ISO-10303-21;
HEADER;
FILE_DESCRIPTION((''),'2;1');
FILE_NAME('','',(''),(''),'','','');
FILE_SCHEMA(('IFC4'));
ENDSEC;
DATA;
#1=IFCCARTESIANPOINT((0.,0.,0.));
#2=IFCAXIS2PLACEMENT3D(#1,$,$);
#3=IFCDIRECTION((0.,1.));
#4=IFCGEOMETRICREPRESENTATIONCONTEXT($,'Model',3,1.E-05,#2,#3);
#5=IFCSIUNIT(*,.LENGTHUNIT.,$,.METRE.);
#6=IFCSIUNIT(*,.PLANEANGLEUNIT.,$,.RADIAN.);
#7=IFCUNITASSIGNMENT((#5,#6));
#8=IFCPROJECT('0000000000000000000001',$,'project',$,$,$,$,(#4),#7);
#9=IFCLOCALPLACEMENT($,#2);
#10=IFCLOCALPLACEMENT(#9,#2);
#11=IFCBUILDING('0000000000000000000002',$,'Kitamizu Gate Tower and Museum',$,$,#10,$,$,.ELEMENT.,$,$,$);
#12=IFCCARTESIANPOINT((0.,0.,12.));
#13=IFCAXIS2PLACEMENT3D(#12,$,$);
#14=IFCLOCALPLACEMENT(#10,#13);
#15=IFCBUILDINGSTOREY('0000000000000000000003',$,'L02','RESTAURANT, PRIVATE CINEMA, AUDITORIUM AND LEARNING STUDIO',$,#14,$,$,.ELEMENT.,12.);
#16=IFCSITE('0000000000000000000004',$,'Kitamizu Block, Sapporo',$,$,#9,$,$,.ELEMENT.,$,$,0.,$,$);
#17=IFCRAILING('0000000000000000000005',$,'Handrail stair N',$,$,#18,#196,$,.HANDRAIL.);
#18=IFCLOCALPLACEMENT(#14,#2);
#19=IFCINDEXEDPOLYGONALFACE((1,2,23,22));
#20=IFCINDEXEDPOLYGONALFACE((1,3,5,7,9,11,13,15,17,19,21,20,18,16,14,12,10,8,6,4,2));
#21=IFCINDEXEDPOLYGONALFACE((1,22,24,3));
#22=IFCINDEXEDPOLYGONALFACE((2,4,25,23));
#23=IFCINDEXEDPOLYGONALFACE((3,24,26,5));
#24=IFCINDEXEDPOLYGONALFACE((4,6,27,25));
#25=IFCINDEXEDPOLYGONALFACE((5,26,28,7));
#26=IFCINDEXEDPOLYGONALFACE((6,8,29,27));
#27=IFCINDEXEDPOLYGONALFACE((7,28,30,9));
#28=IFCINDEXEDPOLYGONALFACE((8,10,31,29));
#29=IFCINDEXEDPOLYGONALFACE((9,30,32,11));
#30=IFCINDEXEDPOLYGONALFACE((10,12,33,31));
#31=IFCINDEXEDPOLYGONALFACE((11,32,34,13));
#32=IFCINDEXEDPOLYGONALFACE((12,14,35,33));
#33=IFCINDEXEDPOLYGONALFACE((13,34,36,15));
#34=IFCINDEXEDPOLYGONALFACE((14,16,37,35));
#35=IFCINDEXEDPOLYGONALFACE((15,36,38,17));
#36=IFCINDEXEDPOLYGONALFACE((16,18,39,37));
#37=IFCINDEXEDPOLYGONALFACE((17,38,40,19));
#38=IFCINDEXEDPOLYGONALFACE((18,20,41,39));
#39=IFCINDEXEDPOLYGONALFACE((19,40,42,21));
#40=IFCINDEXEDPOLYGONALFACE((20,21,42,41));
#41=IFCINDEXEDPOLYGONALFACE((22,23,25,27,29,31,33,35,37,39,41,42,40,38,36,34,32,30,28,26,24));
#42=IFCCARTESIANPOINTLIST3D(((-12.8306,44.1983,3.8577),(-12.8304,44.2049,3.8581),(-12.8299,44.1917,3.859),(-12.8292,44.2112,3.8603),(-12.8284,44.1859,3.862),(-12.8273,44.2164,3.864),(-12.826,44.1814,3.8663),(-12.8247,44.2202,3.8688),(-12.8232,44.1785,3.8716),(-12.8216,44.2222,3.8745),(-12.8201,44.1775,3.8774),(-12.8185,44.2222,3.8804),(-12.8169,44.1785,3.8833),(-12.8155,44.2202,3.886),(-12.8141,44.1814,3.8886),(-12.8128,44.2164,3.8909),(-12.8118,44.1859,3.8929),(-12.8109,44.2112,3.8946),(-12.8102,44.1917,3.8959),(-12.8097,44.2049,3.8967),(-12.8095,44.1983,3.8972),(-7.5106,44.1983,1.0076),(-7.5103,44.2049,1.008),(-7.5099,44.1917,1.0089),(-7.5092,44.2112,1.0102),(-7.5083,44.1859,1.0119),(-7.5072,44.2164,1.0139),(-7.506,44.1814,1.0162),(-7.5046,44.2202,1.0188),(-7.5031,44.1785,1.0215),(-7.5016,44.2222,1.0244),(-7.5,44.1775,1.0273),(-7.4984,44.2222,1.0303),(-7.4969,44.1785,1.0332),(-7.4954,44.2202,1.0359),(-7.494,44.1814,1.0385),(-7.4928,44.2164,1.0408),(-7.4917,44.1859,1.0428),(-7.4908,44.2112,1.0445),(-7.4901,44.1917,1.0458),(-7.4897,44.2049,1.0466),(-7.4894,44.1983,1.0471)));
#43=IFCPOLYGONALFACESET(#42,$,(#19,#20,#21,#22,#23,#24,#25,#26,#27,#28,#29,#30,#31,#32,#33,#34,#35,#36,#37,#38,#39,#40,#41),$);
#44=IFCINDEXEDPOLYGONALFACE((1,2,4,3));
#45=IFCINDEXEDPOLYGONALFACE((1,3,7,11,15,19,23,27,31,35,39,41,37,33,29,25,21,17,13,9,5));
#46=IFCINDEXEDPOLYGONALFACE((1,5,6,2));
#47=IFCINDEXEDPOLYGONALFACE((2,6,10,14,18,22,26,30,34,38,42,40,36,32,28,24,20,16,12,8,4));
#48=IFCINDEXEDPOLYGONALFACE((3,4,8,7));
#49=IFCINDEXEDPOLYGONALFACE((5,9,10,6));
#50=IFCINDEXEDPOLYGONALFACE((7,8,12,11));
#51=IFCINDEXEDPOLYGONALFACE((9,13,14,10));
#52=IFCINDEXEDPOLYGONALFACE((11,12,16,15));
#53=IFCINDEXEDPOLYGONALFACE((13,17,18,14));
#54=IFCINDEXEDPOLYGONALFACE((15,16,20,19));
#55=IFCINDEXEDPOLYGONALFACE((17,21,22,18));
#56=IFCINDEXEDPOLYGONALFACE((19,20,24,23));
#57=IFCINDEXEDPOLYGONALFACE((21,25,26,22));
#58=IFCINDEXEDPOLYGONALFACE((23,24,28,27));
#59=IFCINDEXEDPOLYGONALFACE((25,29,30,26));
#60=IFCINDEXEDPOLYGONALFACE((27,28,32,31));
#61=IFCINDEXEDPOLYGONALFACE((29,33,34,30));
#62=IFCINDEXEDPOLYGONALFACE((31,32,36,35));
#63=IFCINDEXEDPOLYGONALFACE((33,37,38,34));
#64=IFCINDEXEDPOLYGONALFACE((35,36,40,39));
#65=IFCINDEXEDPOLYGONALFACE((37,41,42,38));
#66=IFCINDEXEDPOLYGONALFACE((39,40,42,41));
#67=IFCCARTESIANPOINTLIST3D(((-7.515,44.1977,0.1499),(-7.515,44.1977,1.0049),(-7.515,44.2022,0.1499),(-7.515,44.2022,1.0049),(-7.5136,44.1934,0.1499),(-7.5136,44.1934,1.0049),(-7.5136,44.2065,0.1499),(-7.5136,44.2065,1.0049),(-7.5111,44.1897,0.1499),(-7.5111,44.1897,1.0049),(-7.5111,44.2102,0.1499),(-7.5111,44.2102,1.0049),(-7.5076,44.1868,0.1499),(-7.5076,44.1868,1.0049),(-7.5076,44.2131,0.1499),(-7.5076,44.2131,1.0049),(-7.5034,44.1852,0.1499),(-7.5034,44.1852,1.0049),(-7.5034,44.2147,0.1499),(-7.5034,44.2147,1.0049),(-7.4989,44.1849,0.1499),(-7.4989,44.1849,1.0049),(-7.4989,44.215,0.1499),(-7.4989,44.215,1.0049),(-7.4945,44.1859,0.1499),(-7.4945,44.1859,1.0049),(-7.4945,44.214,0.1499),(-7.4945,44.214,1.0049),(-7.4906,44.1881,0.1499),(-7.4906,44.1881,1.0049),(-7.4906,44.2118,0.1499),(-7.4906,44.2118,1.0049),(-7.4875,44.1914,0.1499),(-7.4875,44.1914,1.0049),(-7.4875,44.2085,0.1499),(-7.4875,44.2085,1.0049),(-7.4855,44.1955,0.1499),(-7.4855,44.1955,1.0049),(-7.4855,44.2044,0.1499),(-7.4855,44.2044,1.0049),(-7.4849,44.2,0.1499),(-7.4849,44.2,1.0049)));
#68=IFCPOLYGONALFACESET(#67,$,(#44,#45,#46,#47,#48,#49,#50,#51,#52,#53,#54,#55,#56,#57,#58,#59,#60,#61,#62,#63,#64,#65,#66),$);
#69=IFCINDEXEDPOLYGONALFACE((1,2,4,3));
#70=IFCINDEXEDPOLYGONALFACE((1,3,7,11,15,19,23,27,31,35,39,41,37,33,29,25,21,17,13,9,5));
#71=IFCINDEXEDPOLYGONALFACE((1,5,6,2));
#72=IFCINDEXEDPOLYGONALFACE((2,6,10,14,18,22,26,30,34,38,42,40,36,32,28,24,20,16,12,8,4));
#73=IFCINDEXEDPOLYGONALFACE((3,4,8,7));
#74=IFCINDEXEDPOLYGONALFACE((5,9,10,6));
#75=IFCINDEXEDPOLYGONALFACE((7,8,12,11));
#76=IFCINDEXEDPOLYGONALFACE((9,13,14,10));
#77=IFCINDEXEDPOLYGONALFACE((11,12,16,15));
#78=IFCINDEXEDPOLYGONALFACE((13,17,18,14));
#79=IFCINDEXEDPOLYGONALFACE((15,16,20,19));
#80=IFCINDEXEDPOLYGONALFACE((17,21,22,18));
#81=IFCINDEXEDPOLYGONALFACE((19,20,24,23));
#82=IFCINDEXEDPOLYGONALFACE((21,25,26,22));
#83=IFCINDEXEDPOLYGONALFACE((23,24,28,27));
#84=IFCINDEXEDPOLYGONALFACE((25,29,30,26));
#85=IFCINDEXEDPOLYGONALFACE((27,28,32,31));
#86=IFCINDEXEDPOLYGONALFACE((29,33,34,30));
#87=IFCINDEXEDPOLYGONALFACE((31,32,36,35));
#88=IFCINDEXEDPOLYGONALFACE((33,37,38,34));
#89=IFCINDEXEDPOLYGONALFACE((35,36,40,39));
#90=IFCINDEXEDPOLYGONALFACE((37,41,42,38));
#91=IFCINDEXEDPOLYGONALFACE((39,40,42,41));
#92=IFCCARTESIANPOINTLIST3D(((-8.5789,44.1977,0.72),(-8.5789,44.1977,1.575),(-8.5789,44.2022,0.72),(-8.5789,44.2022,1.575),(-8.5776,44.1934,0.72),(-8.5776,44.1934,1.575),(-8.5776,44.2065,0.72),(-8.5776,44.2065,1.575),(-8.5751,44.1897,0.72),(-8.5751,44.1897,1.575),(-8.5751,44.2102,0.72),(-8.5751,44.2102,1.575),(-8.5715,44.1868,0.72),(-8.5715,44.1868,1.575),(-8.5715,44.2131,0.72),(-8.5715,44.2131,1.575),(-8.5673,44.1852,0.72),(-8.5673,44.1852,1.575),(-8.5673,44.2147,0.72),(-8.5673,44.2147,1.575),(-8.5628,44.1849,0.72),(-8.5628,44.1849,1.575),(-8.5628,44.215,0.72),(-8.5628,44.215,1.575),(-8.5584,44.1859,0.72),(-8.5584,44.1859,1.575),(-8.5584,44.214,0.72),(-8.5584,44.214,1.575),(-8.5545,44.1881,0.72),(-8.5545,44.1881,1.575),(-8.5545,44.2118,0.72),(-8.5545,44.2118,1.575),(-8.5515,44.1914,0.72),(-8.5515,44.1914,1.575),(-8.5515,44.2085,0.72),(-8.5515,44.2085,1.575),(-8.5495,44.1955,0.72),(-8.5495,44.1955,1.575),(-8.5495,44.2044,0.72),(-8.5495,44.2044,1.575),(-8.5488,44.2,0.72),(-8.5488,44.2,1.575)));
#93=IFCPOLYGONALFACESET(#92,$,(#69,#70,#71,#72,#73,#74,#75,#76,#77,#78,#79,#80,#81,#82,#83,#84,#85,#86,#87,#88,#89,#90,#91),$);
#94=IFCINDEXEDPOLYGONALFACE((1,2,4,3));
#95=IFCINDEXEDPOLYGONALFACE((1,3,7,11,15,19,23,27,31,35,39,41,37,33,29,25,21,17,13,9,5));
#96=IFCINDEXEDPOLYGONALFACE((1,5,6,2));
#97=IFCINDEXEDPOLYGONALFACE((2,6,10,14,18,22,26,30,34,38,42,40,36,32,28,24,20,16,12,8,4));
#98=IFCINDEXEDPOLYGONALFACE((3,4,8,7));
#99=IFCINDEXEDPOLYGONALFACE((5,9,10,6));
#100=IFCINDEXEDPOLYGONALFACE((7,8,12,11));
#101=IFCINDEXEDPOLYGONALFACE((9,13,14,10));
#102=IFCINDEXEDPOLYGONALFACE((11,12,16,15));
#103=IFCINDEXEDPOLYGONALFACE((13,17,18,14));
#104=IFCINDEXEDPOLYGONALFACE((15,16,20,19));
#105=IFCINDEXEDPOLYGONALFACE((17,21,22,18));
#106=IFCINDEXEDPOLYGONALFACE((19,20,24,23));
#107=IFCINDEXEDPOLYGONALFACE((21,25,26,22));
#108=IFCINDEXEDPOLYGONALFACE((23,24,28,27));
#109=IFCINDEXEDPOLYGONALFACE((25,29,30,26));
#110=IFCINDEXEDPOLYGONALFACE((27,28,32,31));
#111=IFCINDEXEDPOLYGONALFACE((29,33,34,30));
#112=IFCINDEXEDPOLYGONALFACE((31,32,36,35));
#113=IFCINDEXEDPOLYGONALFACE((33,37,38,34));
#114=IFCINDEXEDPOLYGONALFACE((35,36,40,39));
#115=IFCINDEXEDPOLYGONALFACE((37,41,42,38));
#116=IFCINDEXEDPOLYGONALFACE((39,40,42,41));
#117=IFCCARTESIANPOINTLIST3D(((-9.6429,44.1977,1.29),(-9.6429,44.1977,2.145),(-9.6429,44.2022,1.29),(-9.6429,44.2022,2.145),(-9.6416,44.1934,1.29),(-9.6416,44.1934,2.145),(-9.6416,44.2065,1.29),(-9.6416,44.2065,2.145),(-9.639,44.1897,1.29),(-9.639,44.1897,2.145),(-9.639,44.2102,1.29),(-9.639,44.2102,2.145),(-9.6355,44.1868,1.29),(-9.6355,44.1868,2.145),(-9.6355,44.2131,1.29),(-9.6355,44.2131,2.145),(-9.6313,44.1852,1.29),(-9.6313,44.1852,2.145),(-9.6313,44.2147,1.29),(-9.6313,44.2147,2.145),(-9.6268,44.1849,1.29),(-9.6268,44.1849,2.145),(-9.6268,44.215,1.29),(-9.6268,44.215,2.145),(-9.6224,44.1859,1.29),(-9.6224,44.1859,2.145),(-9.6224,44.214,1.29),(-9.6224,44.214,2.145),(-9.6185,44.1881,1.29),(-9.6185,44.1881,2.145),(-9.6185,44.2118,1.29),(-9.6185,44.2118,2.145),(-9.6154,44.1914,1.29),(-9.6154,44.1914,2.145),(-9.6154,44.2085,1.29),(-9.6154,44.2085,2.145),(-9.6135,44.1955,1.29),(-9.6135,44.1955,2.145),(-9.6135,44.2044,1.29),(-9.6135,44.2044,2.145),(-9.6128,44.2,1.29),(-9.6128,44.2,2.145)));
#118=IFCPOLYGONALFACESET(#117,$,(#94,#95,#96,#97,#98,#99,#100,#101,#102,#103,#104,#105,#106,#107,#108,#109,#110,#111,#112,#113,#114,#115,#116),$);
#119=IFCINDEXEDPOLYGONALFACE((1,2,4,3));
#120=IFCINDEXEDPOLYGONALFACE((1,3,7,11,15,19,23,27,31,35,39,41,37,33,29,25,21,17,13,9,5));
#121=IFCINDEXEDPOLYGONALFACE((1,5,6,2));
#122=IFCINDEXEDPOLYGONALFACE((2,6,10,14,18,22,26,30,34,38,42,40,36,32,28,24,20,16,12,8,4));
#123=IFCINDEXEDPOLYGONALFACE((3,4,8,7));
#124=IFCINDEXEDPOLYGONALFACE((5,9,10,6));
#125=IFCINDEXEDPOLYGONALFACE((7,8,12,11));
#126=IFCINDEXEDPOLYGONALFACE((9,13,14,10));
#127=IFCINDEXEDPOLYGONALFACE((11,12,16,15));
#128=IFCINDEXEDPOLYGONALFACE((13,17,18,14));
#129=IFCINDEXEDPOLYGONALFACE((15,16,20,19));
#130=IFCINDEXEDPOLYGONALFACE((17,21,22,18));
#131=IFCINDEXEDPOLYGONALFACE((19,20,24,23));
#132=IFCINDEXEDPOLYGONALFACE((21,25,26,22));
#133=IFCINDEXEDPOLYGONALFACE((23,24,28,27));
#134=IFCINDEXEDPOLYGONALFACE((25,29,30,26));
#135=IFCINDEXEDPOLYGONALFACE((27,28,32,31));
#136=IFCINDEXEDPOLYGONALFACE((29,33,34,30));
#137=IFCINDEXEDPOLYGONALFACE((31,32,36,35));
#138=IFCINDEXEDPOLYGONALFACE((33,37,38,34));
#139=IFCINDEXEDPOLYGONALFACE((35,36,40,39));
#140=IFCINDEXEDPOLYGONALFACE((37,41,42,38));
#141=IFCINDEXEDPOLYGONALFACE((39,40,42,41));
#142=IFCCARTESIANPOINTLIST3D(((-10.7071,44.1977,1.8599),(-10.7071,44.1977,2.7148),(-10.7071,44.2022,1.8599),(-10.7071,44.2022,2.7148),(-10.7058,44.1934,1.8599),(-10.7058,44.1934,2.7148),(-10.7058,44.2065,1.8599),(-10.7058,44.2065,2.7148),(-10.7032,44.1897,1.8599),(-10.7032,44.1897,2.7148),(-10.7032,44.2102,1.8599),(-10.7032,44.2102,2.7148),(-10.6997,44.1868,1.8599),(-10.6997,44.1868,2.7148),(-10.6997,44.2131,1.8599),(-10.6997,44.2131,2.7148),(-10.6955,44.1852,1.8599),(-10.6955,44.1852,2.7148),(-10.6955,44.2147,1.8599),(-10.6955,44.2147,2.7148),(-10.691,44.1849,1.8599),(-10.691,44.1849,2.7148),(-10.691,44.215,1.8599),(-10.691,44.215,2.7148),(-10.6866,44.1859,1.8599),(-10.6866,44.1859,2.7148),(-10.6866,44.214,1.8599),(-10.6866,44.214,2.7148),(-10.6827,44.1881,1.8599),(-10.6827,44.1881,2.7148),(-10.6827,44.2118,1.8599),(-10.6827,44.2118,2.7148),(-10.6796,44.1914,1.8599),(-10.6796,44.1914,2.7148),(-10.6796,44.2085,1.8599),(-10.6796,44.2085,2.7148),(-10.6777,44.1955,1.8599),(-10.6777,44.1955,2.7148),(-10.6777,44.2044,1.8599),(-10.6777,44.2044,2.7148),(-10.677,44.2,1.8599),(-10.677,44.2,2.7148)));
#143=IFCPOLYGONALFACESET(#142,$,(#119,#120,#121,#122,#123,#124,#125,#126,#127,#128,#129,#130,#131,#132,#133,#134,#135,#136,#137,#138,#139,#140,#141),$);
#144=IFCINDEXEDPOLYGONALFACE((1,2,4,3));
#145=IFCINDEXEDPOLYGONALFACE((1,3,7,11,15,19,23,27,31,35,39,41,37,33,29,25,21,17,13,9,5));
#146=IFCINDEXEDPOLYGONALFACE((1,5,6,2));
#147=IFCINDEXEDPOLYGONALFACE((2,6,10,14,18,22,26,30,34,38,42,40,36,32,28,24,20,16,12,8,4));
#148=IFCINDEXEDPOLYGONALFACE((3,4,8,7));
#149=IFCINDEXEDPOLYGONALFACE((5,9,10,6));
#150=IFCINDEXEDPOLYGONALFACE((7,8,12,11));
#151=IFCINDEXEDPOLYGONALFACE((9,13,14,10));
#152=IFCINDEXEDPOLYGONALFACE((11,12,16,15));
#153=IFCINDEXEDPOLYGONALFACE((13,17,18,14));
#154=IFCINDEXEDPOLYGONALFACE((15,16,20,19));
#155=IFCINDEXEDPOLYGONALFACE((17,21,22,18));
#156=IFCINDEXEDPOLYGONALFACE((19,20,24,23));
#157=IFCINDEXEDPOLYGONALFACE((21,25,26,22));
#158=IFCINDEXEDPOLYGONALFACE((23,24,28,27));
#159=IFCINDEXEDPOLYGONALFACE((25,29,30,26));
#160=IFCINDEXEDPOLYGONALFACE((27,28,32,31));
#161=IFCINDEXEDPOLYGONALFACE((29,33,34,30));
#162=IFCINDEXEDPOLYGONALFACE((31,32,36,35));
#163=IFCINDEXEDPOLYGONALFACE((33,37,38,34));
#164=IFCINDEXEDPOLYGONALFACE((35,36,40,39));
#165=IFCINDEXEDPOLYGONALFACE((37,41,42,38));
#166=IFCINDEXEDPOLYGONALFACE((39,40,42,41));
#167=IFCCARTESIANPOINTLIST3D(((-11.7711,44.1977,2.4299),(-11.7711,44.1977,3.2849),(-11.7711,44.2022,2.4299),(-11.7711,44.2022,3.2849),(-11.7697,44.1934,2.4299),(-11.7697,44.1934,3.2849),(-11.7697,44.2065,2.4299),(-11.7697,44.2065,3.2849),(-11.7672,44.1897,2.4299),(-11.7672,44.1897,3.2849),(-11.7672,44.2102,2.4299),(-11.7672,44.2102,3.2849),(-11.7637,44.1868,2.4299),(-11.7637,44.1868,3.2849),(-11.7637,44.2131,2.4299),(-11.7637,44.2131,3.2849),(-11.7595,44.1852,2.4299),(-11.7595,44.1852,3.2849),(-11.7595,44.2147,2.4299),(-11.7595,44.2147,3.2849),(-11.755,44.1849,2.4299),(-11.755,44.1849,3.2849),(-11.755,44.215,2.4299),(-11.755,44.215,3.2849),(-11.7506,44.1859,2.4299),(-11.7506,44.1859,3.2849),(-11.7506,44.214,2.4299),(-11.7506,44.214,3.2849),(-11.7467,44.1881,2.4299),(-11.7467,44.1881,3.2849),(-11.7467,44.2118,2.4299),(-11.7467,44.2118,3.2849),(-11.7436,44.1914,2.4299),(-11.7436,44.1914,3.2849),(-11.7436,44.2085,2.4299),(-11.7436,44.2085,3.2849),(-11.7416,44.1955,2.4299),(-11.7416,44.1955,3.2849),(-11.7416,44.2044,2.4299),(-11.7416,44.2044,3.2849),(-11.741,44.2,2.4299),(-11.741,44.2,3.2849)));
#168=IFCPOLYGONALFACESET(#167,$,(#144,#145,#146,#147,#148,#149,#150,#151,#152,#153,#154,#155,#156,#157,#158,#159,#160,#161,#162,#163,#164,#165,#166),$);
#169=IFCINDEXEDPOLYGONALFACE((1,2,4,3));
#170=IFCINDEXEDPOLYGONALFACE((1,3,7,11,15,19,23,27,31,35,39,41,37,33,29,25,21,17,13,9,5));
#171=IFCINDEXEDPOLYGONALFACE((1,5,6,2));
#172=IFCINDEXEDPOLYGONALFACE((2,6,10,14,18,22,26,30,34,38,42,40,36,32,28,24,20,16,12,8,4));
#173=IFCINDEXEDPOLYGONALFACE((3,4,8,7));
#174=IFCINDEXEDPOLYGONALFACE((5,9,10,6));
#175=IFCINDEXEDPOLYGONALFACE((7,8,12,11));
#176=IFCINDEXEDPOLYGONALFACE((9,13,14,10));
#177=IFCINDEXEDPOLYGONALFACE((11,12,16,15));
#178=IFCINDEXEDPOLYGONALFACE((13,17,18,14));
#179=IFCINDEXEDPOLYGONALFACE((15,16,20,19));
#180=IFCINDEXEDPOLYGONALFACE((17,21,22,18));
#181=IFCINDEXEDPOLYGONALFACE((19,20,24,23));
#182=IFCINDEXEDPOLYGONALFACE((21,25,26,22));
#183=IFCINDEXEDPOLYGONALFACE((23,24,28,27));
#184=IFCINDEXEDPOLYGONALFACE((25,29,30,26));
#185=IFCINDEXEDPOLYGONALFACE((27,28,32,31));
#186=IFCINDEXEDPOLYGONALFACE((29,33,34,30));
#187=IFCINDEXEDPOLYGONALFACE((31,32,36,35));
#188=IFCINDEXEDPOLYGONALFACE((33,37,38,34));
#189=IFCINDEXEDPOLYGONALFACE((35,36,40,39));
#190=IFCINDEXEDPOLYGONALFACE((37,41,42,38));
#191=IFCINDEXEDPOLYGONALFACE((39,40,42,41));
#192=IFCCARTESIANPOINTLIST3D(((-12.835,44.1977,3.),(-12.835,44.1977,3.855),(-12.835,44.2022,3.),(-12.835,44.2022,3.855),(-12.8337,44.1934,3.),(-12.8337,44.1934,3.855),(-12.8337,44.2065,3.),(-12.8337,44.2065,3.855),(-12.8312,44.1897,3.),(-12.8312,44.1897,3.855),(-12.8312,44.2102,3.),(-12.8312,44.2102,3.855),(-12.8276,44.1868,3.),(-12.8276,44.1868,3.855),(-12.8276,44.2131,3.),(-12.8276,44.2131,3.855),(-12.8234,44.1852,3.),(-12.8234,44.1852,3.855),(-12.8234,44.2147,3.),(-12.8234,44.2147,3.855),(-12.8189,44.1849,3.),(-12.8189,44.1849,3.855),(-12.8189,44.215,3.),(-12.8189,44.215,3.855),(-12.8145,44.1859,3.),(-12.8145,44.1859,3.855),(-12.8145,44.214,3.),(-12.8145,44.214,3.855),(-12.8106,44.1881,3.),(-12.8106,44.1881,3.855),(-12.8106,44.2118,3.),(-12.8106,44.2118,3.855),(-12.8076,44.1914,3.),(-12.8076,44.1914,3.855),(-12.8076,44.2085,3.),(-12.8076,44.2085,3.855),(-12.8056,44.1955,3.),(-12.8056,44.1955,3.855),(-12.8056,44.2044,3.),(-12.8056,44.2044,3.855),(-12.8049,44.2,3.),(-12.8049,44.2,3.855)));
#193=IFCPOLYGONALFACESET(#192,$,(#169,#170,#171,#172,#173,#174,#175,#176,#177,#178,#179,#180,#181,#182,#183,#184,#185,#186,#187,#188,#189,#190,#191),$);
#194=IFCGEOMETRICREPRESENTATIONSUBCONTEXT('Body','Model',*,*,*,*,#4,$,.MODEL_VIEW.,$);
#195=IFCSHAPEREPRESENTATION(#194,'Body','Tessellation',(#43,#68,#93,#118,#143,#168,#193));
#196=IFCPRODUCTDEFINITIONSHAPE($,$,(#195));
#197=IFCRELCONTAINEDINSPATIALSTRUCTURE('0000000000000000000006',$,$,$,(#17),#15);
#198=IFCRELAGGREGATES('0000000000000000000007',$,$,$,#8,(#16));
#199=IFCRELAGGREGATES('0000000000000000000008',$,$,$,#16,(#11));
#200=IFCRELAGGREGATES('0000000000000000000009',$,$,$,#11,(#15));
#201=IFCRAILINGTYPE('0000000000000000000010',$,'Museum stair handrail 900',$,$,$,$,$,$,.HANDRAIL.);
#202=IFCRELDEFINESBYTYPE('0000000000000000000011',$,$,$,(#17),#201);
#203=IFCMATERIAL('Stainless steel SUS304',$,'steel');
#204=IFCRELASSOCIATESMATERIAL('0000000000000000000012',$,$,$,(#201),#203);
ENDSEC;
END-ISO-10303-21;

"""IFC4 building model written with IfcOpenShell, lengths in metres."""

from ifc_helpers import new_model, si_unit, direction, frame, origin, origin_2d, place, context, subcontext, project, spatial, circle, extrude, material, type_object, element, save


model = new_model("IFC4")

# Units and contexts
model_context = context("Model", 3, precision=1e-05, world=origin(), true_north=direction((0.0, 1.0)))
body_context = subcontext(model_context, "Body", "Model", "MODEL_VIEW")
ifc_project = project(units=[si_unit("LENGTHUNIT", "METRE"), si_unit("PLANEANGLEUNIT", "RADIAN")], contexts=[model_context])

# Site, building, storey
site_placement = place(None, origin())
site = spatial("IfcSite", under=ifc_project, at=site_placement, Name="Kitamizu Block, Sapporo", CompositionType="ELEMENT", RefElevation=0.0)
building_placement = place(site_placement, origin())
building = spatial("IfcBuilding", under=site, at=building_placement, Name="Kitamizu Gate Tower and Museum", CompositionType="ELEMENT")
storey_placement = place(building_placement, frame((0.0, 0.0, 12.0)))
storey = spatial("IfcBuildingStorey", under=building, at=storey_placement, Name="L02", Description="RESTAURANT, PRIVATE CINEMA, AUDITORIUM AND LEARNING STUDIO", CompositionType="ELEMENT", Elevation=12.0)

# Railing
ifc_material_1 = material(Name="Stainless steel SUS304", Category="steel")
railing_type = type_object("IfcRailingType", Name="Museum stair handrail 900", PredefinedType="HANDRAIL", material=ifc_material_1)
for number, where, name in (
    (1, (-7.5, 44.2, 0.1499), "Handrail stair N"),
):
    element("IfcRailing", number, at=place(storey_placement, frame(where)), inside=storey, type_object=railing_type, Name=name, PredefinedType="HANDRAIL", context=body_context, shape_type="SweptSolid", body=[
        extrude(circle(Radius=0.0225, at=origin_2d()), frame((0.0, 0.0, 0.8774), z_axis=(-0.881476, 0.0, 0.472229), x_axis=(0.0, -1.0, 0.0)), (0.0, 0.0, 1.0), 6.0354),
        extrude(circle(Radius=0.0151, at=origin_2d()), origin(), (0.0, 0.0, 1.0), 0.855),
        extrude(circle(Radius=0.0151, at=origin_2d()), frame((-1.064, 0.0, 0.5701)), (0.0, 0.0, 1.0), 0.855),
        extrude(circle(Radius=0.0151, at=origin_2d()), frame((-2.1279, 0.0, 1.1401)), (0.0, 0.0, 1.0), 0.855),
        extrude(circle(Radius=0.0151, at=origin_2d()), frame((-3.1921, 0.0, 1.71)), (0.0, 0.0, 1.0), 0.855),
        extrude(circle(Radius=0.0151, at=origin_2d()), frame((-4.2561, 0.0, 2.28)), (0.0, 0.0, 1.0), 0.855),
        extrude(circle(Radius=0.0151, at=origin_2d()), frame((-5.3201, 0.0, 2.8501)), (0.0, 0.0, 1.0), 0.855),
    ])

save(model, "model.ifc")
